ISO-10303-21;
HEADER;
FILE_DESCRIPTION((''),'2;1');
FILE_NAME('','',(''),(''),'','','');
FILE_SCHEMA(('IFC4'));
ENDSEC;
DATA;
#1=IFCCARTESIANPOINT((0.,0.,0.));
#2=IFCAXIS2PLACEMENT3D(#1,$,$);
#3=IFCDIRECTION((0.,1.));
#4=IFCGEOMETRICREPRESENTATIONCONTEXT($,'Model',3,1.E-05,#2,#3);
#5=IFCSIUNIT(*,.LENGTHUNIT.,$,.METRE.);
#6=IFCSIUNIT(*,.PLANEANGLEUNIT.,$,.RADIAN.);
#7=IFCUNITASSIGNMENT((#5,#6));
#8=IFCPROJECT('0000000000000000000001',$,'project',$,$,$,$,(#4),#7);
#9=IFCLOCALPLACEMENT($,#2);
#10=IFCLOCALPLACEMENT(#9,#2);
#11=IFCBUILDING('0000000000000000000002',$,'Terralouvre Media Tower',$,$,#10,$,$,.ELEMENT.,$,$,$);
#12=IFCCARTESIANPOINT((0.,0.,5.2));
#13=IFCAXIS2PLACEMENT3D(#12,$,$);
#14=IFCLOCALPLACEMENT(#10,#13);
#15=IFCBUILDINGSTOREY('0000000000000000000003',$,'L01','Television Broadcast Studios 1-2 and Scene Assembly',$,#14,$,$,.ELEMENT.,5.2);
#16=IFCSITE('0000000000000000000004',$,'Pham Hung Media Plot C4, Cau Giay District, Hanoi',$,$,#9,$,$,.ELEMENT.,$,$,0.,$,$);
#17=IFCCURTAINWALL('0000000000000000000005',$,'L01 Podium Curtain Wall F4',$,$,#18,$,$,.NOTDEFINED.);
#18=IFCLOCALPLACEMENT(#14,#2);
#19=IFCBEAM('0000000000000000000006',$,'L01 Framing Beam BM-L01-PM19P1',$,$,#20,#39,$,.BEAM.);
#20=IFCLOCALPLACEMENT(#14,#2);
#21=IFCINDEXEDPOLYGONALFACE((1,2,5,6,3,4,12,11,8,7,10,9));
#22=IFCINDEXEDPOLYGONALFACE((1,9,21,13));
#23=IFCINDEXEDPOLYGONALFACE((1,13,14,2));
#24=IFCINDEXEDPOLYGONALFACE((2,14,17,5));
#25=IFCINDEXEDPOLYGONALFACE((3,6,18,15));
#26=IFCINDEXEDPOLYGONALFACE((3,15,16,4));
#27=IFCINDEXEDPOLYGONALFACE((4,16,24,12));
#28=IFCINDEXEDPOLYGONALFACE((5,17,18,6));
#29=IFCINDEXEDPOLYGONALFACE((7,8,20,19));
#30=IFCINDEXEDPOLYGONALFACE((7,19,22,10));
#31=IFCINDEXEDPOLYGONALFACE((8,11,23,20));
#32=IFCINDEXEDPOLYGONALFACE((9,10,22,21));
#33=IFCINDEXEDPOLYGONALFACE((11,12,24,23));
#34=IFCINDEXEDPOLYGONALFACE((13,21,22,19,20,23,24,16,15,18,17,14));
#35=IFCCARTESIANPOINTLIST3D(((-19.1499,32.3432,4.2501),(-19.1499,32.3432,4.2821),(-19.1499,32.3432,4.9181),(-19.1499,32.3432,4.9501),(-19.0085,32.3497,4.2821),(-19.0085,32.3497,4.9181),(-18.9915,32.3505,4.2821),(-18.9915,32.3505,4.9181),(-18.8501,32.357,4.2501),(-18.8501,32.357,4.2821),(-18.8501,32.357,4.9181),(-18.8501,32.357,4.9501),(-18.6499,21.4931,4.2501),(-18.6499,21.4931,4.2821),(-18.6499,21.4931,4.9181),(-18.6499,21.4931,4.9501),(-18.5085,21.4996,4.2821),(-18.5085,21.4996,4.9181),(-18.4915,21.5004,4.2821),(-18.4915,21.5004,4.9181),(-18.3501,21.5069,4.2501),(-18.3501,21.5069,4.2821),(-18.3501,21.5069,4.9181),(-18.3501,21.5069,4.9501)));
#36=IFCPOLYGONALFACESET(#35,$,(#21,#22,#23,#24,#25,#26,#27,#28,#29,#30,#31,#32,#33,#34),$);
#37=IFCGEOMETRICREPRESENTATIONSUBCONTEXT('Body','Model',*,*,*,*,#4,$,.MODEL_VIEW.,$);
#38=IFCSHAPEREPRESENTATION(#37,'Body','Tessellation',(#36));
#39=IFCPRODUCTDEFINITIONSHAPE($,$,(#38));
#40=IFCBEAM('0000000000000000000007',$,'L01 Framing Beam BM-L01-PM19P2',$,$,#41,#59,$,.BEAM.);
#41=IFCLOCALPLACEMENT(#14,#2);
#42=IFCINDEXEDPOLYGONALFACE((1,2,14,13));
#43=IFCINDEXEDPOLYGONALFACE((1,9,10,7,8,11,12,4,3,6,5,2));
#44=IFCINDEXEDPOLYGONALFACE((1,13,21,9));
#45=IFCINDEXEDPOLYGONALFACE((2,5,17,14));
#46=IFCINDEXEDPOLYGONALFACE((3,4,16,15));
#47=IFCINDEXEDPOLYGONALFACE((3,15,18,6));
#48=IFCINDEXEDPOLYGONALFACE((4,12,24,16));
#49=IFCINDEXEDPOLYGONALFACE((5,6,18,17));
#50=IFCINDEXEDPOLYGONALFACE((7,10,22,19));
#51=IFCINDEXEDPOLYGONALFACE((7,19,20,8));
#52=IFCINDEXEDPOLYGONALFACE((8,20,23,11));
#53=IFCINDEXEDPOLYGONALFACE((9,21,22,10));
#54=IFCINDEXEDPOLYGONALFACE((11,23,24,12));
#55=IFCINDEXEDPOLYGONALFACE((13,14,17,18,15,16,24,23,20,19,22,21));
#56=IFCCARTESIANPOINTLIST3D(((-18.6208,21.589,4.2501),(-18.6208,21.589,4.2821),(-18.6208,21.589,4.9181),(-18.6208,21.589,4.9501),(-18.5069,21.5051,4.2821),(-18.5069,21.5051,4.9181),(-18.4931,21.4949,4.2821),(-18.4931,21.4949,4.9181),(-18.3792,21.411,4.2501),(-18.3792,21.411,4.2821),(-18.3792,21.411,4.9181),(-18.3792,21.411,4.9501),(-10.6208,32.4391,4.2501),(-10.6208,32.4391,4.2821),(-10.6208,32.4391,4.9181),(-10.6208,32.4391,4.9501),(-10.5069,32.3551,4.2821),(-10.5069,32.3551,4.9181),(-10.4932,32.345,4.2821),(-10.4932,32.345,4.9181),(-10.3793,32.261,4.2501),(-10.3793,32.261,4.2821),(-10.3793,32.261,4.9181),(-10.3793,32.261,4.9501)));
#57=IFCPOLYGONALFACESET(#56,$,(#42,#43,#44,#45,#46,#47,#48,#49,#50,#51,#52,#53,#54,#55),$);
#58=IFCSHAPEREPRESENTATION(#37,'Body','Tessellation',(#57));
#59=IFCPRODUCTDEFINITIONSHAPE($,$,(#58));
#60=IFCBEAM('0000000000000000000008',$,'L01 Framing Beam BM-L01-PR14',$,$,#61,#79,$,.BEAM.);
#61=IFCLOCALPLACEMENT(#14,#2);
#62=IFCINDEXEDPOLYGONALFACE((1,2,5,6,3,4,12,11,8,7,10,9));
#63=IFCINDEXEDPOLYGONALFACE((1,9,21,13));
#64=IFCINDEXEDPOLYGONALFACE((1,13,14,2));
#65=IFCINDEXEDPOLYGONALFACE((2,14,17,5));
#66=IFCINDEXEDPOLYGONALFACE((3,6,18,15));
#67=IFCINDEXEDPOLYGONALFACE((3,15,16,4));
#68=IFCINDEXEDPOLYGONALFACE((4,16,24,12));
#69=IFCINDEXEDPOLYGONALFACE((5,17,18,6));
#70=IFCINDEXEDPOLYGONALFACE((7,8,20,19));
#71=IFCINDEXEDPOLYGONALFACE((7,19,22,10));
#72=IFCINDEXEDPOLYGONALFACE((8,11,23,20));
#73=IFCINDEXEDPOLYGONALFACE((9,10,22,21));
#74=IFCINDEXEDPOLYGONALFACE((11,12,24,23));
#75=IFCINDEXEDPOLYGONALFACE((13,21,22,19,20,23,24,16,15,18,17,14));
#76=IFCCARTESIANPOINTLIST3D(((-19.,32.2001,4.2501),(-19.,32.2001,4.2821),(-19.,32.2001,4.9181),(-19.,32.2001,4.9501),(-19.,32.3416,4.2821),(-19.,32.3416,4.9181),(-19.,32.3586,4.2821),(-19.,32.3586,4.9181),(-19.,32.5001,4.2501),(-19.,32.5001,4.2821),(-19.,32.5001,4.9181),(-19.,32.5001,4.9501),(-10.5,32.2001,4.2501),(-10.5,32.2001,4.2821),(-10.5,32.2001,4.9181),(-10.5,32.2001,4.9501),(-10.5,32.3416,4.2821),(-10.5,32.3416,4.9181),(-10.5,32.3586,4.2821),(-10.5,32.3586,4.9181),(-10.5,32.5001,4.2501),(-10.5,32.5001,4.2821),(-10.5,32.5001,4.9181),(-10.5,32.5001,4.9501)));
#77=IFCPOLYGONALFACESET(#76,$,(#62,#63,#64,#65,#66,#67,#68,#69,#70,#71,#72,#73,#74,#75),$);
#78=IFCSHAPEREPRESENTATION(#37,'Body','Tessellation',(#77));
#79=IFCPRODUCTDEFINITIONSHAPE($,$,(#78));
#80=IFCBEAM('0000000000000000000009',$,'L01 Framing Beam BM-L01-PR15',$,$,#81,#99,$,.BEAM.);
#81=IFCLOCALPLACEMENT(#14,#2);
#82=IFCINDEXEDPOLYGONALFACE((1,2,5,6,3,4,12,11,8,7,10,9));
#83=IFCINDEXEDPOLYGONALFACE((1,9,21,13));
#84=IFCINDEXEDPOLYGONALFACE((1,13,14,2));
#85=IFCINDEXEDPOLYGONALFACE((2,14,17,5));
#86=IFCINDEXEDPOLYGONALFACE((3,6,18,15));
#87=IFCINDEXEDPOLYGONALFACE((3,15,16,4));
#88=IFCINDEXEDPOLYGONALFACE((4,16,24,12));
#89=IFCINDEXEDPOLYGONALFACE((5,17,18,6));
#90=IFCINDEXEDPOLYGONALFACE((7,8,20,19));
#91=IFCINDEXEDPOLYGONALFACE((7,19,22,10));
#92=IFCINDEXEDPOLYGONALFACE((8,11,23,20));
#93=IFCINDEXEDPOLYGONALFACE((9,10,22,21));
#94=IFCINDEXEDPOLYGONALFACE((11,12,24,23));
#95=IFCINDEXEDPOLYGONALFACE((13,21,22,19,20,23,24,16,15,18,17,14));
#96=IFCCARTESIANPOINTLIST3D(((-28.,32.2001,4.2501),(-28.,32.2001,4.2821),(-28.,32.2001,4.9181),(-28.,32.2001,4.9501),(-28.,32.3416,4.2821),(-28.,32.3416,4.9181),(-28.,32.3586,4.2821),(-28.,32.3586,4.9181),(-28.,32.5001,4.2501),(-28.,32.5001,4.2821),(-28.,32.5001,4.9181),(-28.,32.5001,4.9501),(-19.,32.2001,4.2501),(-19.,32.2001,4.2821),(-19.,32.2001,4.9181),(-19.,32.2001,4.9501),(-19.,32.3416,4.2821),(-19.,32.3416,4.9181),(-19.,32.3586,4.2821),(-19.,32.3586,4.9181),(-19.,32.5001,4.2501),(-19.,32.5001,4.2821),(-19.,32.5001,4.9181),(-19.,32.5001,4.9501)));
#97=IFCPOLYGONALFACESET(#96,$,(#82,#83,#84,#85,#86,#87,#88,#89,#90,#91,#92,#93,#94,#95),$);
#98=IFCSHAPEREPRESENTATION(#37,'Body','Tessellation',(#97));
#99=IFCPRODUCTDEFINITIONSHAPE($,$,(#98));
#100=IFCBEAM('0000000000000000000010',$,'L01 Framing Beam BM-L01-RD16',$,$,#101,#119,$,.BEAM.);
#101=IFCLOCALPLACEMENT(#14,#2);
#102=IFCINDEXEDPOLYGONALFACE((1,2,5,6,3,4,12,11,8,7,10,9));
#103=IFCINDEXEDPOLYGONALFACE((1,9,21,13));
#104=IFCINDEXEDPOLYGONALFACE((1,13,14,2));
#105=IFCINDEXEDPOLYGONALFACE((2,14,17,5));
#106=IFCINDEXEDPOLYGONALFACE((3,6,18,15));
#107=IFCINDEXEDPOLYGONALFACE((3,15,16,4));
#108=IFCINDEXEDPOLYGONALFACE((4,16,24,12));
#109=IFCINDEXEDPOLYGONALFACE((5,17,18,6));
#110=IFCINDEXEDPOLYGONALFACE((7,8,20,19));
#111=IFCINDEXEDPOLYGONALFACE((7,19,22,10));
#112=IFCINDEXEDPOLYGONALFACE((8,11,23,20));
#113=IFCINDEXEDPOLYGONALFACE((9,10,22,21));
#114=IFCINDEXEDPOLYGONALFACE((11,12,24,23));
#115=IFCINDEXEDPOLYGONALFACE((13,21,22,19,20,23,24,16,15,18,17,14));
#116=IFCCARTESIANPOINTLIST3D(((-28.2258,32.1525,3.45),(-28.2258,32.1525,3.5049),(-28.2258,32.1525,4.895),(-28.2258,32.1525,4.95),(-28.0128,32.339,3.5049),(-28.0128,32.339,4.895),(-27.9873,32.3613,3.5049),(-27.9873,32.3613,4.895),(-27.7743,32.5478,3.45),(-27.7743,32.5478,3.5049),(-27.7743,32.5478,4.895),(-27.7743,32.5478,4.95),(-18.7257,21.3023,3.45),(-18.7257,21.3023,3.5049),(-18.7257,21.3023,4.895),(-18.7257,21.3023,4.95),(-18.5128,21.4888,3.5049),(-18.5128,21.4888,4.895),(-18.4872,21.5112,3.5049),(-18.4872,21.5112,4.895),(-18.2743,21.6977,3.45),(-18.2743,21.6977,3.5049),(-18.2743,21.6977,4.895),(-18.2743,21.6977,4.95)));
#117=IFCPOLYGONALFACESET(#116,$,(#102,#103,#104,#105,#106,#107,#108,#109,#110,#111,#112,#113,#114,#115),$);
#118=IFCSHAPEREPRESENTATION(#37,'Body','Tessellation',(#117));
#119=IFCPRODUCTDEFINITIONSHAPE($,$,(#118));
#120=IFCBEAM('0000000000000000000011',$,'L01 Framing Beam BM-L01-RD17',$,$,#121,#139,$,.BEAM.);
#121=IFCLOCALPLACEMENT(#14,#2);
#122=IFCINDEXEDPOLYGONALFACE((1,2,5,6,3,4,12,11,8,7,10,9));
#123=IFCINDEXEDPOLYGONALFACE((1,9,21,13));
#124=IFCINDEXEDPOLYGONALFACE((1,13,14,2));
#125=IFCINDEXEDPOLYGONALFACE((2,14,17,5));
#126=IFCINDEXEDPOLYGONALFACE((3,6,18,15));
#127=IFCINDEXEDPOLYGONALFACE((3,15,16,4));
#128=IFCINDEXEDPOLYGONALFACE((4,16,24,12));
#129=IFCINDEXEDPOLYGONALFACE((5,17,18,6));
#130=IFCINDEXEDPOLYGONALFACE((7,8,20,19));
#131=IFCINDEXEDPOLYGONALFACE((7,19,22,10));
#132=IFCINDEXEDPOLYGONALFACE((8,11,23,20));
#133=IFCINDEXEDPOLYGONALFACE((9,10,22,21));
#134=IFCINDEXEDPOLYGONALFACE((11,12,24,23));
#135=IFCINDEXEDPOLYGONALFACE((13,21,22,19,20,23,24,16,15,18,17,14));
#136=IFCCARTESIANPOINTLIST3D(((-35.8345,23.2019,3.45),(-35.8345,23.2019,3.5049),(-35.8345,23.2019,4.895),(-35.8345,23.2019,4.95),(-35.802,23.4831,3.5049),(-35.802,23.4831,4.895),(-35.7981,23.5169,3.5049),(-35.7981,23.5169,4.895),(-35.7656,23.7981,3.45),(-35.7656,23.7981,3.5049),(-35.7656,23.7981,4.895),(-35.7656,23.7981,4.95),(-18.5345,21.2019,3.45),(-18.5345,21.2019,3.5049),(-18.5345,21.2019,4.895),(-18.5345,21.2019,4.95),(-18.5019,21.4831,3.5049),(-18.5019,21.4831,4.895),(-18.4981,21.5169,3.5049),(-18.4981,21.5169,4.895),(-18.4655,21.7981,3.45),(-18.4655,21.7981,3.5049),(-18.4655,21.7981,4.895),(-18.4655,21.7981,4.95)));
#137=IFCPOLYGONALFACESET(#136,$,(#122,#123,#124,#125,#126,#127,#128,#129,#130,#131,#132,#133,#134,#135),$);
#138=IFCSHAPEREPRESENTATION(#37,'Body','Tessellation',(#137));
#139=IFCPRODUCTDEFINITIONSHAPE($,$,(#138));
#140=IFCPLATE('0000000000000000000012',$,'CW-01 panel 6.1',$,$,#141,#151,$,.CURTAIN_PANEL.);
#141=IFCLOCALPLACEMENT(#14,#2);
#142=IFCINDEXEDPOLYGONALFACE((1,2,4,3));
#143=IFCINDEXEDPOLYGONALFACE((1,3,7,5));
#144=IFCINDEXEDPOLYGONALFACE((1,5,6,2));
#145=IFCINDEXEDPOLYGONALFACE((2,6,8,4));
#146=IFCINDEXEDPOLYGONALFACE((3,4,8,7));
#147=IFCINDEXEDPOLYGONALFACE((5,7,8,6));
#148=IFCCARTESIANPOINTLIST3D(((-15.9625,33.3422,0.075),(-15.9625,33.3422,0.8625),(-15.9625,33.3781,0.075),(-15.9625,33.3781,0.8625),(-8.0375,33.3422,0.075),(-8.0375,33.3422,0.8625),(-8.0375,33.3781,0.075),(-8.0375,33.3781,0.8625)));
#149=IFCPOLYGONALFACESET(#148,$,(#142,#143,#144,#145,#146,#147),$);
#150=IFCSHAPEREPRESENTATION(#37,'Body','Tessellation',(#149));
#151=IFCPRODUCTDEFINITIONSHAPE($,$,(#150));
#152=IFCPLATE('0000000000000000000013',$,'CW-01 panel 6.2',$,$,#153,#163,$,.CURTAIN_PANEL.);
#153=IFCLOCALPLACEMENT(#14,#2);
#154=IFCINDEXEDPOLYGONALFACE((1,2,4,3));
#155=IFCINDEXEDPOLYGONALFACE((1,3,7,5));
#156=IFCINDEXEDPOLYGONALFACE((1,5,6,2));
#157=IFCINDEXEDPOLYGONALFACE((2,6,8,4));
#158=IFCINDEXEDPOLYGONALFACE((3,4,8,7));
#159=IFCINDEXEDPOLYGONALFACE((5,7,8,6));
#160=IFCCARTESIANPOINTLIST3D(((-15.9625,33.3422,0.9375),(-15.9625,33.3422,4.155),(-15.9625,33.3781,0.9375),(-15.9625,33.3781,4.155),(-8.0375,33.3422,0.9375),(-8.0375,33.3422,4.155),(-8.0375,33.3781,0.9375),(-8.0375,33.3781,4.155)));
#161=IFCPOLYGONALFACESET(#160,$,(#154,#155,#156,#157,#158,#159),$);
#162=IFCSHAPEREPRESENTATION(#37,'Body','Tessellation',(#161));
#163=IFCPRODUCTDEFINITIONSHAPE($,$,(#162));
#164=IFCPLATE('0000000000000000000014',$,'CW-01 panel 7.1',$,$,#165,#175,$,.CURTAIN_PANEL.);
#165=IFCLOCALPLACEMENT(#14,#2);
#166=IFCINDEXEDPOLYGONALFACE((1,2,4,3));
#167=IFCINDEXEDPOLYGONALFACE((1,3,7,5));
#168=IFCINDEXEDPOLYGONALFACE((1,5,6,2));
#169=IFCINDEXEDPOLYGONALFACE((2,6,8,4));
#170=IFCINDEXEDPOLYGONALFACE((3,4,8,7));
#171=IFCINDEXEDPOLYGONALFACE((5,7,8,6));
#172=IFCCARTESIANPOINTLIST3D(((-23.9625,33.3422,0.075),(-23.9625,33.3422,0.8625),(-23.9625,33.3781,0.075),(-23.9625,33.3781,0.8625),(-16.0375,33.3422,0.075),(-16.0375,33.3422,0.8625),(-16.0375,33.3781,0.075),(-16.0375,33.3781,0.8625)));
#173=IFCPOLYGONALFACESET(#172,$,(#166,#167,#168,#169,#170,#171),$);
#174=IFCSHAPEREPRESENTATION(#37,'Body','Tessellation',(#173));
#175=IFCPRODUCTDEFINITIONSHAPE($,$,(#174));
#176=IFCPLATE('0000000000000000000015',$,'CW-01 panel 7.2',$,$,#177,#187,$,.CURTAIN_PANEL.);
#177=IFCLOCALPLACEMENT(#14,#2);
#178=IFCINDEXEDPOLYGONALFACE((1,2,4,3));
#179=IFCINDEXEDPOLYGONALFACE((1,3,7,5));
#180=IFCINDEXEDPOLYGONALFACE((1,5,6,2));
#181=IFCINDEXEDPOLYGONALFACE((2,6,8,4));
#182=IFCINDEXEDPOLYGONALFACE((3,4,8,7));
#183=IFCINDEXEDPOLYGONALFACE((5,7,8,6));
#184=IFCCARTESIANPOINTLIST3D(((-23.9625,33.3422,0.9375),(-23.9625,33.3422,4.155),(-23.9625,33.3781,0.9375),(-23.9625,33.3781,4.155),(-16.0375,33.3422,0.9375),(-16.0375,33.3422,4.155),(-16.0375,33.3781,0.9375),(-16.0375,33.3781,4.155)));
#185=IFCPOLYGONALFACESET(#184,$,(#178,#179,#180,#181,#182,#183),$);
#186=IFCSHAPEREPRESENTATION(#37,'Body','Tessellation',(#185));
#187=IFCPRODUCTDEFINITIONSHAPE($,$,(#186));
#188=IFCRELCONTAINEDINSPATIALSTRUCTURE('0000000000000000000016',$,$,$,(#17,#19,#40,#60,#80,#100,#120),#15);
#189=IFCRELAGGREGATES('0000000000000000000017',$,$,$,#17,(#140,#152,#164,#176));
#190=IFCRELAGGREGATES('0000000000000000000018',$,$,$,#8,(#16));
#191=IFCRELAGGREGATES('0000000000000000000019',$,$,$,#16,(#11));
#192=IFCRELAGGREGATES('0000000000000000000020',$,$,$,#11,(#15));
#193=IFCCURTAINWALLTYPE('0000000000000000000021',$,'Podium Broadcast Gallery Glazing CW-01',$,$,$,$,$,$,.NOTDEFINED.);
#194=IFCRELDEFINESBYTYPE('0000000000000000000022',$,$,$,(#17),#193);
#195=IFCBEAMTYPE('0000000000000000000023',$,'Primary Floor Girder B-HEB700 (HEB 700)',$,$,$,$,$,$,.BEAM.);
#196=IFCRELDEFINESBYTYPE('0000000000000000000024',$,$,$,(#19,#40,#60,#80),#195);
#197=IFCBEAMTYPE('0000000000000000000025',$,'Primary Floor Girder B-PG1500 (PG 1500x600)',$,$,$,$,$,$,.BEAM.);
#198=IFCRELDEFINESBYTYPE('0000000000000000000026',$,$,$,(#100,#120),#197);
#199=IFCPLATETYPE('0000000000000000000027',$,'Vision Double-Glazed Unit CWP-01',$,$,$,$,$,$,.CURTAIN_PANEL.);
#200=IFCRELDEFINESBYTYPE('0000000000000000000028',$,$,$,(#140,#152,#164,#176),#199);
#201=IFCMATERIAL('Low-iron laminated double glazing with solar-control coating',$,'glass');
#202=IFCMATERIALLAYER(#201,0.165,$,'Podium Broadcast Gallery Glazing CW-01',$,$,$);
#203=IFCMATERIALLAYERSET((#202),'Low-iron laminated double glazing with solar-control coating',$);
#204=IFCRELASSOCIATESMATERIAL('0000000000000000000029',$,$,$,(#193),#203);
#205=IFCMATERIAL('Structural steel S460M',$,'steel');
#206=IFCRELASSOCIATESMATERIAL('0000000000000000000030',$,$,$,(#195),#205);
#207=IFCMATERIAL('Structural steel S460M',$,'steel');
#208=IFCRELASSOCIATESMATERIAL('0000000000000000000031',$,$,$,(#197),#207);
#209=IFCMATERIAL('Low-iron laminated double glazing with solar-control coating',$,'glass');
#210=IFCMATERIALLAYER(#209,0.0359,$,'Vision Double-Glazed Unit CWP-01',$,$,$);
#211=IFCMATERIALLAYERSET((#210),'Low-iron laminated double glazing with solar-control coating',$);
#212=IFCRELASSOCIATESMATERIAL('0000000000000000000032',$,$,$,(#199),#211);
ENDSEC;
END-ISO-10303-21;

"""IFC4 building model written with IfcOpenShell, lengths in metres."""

from ifc_helpers import new_model, si_unit, direction, frame, origin, origin_2d, place, context, subcontext, project, spatial, rectangle, i_section, extrude, material, layer, layer_set, material_profile, profile_set, type_object, element, aggregate, save


model = new_model("IFC4")

# Units and contexts
model_context = context("Model", 3, precision=1e-05, world=origin(), true_north=direction((0.0, 1.0)))
body_context = subcontext(model_context, "Body", "Model", "MODEL_VIEW")
ifc_project = project(units=[si_unit("LENGTHUNIT", "METRE"), si_unit("PLANEANGLEUNIT", "RADIAN")], contexts=[model_context])

# Site, building, storey
site_placement = place(None, origin())
site = spatial("IfcSite", under=ifc_project, at=site_placement, Name="Pham Hung Media Plot C4, Cau Giay District, Hanoi", CompositionType="ELEMENT", RefElevation=0.0)
building_placement = place(site_placement, origin())
building = spatial("IfcBuilding", under=site, at=building_placement, Name="Terralouvre Media Tower", CompositionType="ELEMENT")
storey_placement = place(building_placement, frame((0.0, 0.0, 5.2)))
storey = spatial("IfcBuildingStorey", under=building, at=storey_placement, Name="L01", Description="Television Broadcast Studios 1-2 and Scene Assembly", CompositionType="ELEMENT", Elevation=5.2)

# Curtain wall
ifc_material_1 = material(Name="Low-iron laminated double glazing with solar-control coating", Category="glass")
ifc_layer_1 = layer(ifc_material_1, 0.165, Name="Podium Broadcast Gallery Glazing CW-01")
ifc_layer_set_1 = layer_set([ifc_layer_1], Name="Low-iron laminated double glazing with solar-control coating")
curtain_wall_type = type_object("IfcCurtainWallType", Name="Podium Broadcast Gallery Glazing CW-01", PredefinedType="NOTDEFINED", material=ifc_layer_set_1)
curtain_wall_placement = place(storey_placement, origin())
curtain_wall = element("IfcCurtainWall", 1, at=curtain_wall_placement, inside=storey, type_object=curtain_wall_type, Name="L01 Podium Curtain Wall F4", PredefinedType="NOTDEFINED")

# Beams
ifc_material_2 = material(Name="Structural steel S460M", Category="steel")
ifc_material_profile_1 = material_profile(ifc_material_2, i_section(OverallWidth=0.3, OverallDepth=0.7, WebThickness=0.0171, FlangeThickness=0.032, at=origin_2d()), Name="HEB 700")
ifc_profile_set_1 = profile_set([ifc_material_profile_1], Name="Structural steel S460M")
beam_type_1 = type_object("IfcBeamType", Name="Primary Floor Girder B-HEB700 (HEB 700)", PredefinedType="BEAM", material=ifc_profile_set_1)
beam_1_placement = place(storey_placement, frame((-18.5, 21.5, 4.6001), z_axis=(-0.046034, 0.99894, 0.0), x_axis=(-0.99894, -0.046034, 0.0)))
element("IfcBeam", 2, at=beam_1_placement, inside=storey, type_object=beam_type_1, Name="L01 Framing Beam BM-L01-PM19P1", PredefinedType="BEAM", context=body_context, shape_type="SweptSolid", body=[
    extrude(i_section(OverallWidth=0.3, OverallDepth=0.7, WebThickness=0.0171, FlangeThickness=0.032, at=origin_2d()), origin(), (0.0, 0.0, 1.0), 10.8616),
])
beam_2_placement = place(storey_placement, frame((-18.5, 21.5, 4.6001), z_axis=(0.593449, 0.804872, 0.0), x_axis=(-0.804872, 0.593449, 0.0)))
element("IfcBeam", 3, at=beam_2_placement, inside=storey, type_object=beam_type_1, Name="L01 Framing Beam BM-L01-PM19P2", PredefinedType="BEAM", context=body_context, shape_type="SweptSolid", body=[
    extrude(i_section(OverallWidth=0.3, OverallDepth=0.7, WebThickness=0.0171, FlangeThickness=0.032, at=origin_2d()), origin(), (0.0, 0.0, 1.0), 13.4805),
])
beam_3_placement = place(storey_placement, frame((-10.5, 32.3501, 4.6001), z_axis=(-1.0, 0.0, 0.0), x_axis=(0.0, -1.0, 0.0)))
element("IfcBeam", 4, at=beam_3_placement, inside=storey, type_object=beam_type_1, Name="L01 Framing Beam BM-L01-PR14", PredefinedType="BEAM", context=body_context, shape_type="SweptSolid", body=[
    extrude(i_section(OverallWidth=0.3, OverallDepth=0.7, WebThickness=0.0171, FlangeThickness=0.032, at=origin_2d()), origin(), (0.0, 0.0, 1.0), 8.5),
])
beam_4_placement = place(storey_placement, frame((-19.0, 32.3501, 4.6001), z_axis=(-1.0, 0.0, 0.0), x_axis=(0.0, -1.0, 0.0)))
element("IfcBeam", 5, at=beam_4_placement, inside=storey, type_object=beam_type_1, Name="L01 Framing Beam BM-L01-PR15", PredefinedType="BEAM", context=body_context, shape_type="SweptSolid", body=[
    extrude(i_section(OverallWidth=0.3, OverallDepth=0.7, WebThickness=0.0171, FlangeThickness=0.032, at=origin_2d()), origin(), (0.0, 0.0, 1.0), 9.0),
])
ifc_material_3 = material(Name="Structural steel S460M", Category="steel")
ifc_material_profile_2 = material_profile(ifc_material_3, i_section(OverallWidth=0.6001, OverallDepth=1.5, WebThickness=0.0339, FlangeThickness=0.0549, at=origin_2d()), Name="PG 1500x600")
ifc_profile_set_2 = profile_set([ifc_material_profile_2], Name="Structural steel S460M")
beam_type_2 = type_object("IfcBeamType", Name="Primary Floor Girder B-PG1500 (PG 1500x600)", PredefinedType="BEAM", material=ifc_profile_set_2)
beam_5_placement = place(storey_placement, frame((-18.5, 21.5, 4.2), z_axis=(-0.658747, 0.752365, 0.0), x_axis=(-0.752365, -0.658747, 0.0)))
element("IfcBeam", 6, at=beam_5_placement, inside=storey, type_object=beam_type_2, Name="L01 Framing Beam BM-L01-RD16", PredefinedType="BEAM", context=body_context, shape_type="SweptSolid", body=[
    extrude(i_section(OverallWidth=0.6001, OverallDepth=1.5, WebThickness=0.0339, FlangeThickness=0.0549, at=origin_2d()), origin(), (0.0, 0.0, 1.0), 14.4214),
])
beam_6_placement = place(storey_placement, frame((-18.5, 21.5, 4.2), z_axis=(-0.993384, 0.114842, 0.0), x_axis=(-0.114842, -0.993384, 0.0)))
element("IfcBeam", 7, at=beam_6_placement, inside=storey, type_object=beam_type_2, Name="L01 Framing Beam BM-L01-RD17", PredefinedType="BEAM", context=body_context, shape_type="SweptSolid", body=[
    extrude(i_section(OverallWidth=0.6001, OverallDepth=1.5, WebThickness=0.0339, FlangeThickness=0.0549, at=origin_2d()), origin(), (0.0, 0.0, 1.0), 17.4153),
])

# Plates
ifc_material_4 = material(Name="Low-iron laminated double glazing with solar-control coating", Category="glass")
ifc_layer_2 = layer(ifc_material_4, 0.0359, Name="Vision Double-Glazed Unit CWP-01")
ifc_layer_set_2 = layer_set([ifc_layer_2], Name="Low-iron laminated double glazing with solar-control coating")
plate_type = type_object("IfcPlateType", Name="Vision Double-Glazed Unit CWP-01", PredefinedType="CURTAIN_PANEL", material=ifc_layer_set_2)
plate_1_placement = place(storey_placement, frame((-12.0, 33.3601, 0.075), z_axis=(0.0, 0.0, 1.0), x_axis=(-1.0, 0.0, 0.0)))
plate_1 = element("IfcPlate", 8, at=plate_1_placement, type_object=plate_type, Name="CW-01 panel 6.1", PredefinedType="CURTAIN_PANEL", context=body_context, shape_type="SweptSolid", body=[
    extrude(rectangle(XDim=7.925, YDim=0.0359, at=origin_2d()), origin(), (0.0, 0.0, 1.0), 0.7876),
])
plate_2_placement = place(storey_placement, frame((-12.0, 33.3601, 0.9375), z_axis=(0.0, 0.0, 1.0), x_axis=(-1.0, 0.0, 0.0)))
plate_2 = element("IfcPlate", 9, at=plate_2_placement, type_object=plate_type, Name="CW-01 panel 6.2", PredefinedType="CURTAIN_PANEL", context=body_context, shape_type="SweptSolid", body=[
    extrude(rectangle(XDim=7.925, YDim=0.0359, at=origin_2d()), origin(), (0.0, 0.0, 1.0), 3.2175),
])
plate_3_placement = place(storey_placement, frame((-20.0, 33.3601, 0.075), z_axis=(0.0, 0.0, 1.0), x_axis=(-1.0, 0.0, 0.0)))
plate_3 = element("IfcPlate", 10, at=plate_3_placement, type_object=plate_type, Name="CW-01 panel 7.1", PredefinedType="CURTAIN_PANEL", context=body_context, shape_type="SweptSolid", body=[
    extrude(rectangle(XDim=7.925, YDim=0.0359, at=origin_2d()), origin(), (0.0, 0.0, 1.0), 0.7876),
])
plate_4_placement = place(storey_placement, frame((-20.0, 33.3601, 0.9375), z_axis=(0.0, 0.0, 1.0), x_axis=(-1.0, 0.0, 0.0)))
plate_4 = element("IfcPlate", 11, at=plate_4_placement, type_object=plate_type, Name="CW-01 panel 7.2", PredefinedType="CURTAIN_PANEL", context=body_context, shape_type="SweptSolid", body=[
    extrude(rectangle(XDim=7.925, YDim=0.0359, at=origin_2d()), origin(), (0.0, 0.0, 1.0), 3.2175),
])
aggregate(curtain_wall, [plate_1, plate_2, plate_3, plate_4])

save(model, "model.ifc")
